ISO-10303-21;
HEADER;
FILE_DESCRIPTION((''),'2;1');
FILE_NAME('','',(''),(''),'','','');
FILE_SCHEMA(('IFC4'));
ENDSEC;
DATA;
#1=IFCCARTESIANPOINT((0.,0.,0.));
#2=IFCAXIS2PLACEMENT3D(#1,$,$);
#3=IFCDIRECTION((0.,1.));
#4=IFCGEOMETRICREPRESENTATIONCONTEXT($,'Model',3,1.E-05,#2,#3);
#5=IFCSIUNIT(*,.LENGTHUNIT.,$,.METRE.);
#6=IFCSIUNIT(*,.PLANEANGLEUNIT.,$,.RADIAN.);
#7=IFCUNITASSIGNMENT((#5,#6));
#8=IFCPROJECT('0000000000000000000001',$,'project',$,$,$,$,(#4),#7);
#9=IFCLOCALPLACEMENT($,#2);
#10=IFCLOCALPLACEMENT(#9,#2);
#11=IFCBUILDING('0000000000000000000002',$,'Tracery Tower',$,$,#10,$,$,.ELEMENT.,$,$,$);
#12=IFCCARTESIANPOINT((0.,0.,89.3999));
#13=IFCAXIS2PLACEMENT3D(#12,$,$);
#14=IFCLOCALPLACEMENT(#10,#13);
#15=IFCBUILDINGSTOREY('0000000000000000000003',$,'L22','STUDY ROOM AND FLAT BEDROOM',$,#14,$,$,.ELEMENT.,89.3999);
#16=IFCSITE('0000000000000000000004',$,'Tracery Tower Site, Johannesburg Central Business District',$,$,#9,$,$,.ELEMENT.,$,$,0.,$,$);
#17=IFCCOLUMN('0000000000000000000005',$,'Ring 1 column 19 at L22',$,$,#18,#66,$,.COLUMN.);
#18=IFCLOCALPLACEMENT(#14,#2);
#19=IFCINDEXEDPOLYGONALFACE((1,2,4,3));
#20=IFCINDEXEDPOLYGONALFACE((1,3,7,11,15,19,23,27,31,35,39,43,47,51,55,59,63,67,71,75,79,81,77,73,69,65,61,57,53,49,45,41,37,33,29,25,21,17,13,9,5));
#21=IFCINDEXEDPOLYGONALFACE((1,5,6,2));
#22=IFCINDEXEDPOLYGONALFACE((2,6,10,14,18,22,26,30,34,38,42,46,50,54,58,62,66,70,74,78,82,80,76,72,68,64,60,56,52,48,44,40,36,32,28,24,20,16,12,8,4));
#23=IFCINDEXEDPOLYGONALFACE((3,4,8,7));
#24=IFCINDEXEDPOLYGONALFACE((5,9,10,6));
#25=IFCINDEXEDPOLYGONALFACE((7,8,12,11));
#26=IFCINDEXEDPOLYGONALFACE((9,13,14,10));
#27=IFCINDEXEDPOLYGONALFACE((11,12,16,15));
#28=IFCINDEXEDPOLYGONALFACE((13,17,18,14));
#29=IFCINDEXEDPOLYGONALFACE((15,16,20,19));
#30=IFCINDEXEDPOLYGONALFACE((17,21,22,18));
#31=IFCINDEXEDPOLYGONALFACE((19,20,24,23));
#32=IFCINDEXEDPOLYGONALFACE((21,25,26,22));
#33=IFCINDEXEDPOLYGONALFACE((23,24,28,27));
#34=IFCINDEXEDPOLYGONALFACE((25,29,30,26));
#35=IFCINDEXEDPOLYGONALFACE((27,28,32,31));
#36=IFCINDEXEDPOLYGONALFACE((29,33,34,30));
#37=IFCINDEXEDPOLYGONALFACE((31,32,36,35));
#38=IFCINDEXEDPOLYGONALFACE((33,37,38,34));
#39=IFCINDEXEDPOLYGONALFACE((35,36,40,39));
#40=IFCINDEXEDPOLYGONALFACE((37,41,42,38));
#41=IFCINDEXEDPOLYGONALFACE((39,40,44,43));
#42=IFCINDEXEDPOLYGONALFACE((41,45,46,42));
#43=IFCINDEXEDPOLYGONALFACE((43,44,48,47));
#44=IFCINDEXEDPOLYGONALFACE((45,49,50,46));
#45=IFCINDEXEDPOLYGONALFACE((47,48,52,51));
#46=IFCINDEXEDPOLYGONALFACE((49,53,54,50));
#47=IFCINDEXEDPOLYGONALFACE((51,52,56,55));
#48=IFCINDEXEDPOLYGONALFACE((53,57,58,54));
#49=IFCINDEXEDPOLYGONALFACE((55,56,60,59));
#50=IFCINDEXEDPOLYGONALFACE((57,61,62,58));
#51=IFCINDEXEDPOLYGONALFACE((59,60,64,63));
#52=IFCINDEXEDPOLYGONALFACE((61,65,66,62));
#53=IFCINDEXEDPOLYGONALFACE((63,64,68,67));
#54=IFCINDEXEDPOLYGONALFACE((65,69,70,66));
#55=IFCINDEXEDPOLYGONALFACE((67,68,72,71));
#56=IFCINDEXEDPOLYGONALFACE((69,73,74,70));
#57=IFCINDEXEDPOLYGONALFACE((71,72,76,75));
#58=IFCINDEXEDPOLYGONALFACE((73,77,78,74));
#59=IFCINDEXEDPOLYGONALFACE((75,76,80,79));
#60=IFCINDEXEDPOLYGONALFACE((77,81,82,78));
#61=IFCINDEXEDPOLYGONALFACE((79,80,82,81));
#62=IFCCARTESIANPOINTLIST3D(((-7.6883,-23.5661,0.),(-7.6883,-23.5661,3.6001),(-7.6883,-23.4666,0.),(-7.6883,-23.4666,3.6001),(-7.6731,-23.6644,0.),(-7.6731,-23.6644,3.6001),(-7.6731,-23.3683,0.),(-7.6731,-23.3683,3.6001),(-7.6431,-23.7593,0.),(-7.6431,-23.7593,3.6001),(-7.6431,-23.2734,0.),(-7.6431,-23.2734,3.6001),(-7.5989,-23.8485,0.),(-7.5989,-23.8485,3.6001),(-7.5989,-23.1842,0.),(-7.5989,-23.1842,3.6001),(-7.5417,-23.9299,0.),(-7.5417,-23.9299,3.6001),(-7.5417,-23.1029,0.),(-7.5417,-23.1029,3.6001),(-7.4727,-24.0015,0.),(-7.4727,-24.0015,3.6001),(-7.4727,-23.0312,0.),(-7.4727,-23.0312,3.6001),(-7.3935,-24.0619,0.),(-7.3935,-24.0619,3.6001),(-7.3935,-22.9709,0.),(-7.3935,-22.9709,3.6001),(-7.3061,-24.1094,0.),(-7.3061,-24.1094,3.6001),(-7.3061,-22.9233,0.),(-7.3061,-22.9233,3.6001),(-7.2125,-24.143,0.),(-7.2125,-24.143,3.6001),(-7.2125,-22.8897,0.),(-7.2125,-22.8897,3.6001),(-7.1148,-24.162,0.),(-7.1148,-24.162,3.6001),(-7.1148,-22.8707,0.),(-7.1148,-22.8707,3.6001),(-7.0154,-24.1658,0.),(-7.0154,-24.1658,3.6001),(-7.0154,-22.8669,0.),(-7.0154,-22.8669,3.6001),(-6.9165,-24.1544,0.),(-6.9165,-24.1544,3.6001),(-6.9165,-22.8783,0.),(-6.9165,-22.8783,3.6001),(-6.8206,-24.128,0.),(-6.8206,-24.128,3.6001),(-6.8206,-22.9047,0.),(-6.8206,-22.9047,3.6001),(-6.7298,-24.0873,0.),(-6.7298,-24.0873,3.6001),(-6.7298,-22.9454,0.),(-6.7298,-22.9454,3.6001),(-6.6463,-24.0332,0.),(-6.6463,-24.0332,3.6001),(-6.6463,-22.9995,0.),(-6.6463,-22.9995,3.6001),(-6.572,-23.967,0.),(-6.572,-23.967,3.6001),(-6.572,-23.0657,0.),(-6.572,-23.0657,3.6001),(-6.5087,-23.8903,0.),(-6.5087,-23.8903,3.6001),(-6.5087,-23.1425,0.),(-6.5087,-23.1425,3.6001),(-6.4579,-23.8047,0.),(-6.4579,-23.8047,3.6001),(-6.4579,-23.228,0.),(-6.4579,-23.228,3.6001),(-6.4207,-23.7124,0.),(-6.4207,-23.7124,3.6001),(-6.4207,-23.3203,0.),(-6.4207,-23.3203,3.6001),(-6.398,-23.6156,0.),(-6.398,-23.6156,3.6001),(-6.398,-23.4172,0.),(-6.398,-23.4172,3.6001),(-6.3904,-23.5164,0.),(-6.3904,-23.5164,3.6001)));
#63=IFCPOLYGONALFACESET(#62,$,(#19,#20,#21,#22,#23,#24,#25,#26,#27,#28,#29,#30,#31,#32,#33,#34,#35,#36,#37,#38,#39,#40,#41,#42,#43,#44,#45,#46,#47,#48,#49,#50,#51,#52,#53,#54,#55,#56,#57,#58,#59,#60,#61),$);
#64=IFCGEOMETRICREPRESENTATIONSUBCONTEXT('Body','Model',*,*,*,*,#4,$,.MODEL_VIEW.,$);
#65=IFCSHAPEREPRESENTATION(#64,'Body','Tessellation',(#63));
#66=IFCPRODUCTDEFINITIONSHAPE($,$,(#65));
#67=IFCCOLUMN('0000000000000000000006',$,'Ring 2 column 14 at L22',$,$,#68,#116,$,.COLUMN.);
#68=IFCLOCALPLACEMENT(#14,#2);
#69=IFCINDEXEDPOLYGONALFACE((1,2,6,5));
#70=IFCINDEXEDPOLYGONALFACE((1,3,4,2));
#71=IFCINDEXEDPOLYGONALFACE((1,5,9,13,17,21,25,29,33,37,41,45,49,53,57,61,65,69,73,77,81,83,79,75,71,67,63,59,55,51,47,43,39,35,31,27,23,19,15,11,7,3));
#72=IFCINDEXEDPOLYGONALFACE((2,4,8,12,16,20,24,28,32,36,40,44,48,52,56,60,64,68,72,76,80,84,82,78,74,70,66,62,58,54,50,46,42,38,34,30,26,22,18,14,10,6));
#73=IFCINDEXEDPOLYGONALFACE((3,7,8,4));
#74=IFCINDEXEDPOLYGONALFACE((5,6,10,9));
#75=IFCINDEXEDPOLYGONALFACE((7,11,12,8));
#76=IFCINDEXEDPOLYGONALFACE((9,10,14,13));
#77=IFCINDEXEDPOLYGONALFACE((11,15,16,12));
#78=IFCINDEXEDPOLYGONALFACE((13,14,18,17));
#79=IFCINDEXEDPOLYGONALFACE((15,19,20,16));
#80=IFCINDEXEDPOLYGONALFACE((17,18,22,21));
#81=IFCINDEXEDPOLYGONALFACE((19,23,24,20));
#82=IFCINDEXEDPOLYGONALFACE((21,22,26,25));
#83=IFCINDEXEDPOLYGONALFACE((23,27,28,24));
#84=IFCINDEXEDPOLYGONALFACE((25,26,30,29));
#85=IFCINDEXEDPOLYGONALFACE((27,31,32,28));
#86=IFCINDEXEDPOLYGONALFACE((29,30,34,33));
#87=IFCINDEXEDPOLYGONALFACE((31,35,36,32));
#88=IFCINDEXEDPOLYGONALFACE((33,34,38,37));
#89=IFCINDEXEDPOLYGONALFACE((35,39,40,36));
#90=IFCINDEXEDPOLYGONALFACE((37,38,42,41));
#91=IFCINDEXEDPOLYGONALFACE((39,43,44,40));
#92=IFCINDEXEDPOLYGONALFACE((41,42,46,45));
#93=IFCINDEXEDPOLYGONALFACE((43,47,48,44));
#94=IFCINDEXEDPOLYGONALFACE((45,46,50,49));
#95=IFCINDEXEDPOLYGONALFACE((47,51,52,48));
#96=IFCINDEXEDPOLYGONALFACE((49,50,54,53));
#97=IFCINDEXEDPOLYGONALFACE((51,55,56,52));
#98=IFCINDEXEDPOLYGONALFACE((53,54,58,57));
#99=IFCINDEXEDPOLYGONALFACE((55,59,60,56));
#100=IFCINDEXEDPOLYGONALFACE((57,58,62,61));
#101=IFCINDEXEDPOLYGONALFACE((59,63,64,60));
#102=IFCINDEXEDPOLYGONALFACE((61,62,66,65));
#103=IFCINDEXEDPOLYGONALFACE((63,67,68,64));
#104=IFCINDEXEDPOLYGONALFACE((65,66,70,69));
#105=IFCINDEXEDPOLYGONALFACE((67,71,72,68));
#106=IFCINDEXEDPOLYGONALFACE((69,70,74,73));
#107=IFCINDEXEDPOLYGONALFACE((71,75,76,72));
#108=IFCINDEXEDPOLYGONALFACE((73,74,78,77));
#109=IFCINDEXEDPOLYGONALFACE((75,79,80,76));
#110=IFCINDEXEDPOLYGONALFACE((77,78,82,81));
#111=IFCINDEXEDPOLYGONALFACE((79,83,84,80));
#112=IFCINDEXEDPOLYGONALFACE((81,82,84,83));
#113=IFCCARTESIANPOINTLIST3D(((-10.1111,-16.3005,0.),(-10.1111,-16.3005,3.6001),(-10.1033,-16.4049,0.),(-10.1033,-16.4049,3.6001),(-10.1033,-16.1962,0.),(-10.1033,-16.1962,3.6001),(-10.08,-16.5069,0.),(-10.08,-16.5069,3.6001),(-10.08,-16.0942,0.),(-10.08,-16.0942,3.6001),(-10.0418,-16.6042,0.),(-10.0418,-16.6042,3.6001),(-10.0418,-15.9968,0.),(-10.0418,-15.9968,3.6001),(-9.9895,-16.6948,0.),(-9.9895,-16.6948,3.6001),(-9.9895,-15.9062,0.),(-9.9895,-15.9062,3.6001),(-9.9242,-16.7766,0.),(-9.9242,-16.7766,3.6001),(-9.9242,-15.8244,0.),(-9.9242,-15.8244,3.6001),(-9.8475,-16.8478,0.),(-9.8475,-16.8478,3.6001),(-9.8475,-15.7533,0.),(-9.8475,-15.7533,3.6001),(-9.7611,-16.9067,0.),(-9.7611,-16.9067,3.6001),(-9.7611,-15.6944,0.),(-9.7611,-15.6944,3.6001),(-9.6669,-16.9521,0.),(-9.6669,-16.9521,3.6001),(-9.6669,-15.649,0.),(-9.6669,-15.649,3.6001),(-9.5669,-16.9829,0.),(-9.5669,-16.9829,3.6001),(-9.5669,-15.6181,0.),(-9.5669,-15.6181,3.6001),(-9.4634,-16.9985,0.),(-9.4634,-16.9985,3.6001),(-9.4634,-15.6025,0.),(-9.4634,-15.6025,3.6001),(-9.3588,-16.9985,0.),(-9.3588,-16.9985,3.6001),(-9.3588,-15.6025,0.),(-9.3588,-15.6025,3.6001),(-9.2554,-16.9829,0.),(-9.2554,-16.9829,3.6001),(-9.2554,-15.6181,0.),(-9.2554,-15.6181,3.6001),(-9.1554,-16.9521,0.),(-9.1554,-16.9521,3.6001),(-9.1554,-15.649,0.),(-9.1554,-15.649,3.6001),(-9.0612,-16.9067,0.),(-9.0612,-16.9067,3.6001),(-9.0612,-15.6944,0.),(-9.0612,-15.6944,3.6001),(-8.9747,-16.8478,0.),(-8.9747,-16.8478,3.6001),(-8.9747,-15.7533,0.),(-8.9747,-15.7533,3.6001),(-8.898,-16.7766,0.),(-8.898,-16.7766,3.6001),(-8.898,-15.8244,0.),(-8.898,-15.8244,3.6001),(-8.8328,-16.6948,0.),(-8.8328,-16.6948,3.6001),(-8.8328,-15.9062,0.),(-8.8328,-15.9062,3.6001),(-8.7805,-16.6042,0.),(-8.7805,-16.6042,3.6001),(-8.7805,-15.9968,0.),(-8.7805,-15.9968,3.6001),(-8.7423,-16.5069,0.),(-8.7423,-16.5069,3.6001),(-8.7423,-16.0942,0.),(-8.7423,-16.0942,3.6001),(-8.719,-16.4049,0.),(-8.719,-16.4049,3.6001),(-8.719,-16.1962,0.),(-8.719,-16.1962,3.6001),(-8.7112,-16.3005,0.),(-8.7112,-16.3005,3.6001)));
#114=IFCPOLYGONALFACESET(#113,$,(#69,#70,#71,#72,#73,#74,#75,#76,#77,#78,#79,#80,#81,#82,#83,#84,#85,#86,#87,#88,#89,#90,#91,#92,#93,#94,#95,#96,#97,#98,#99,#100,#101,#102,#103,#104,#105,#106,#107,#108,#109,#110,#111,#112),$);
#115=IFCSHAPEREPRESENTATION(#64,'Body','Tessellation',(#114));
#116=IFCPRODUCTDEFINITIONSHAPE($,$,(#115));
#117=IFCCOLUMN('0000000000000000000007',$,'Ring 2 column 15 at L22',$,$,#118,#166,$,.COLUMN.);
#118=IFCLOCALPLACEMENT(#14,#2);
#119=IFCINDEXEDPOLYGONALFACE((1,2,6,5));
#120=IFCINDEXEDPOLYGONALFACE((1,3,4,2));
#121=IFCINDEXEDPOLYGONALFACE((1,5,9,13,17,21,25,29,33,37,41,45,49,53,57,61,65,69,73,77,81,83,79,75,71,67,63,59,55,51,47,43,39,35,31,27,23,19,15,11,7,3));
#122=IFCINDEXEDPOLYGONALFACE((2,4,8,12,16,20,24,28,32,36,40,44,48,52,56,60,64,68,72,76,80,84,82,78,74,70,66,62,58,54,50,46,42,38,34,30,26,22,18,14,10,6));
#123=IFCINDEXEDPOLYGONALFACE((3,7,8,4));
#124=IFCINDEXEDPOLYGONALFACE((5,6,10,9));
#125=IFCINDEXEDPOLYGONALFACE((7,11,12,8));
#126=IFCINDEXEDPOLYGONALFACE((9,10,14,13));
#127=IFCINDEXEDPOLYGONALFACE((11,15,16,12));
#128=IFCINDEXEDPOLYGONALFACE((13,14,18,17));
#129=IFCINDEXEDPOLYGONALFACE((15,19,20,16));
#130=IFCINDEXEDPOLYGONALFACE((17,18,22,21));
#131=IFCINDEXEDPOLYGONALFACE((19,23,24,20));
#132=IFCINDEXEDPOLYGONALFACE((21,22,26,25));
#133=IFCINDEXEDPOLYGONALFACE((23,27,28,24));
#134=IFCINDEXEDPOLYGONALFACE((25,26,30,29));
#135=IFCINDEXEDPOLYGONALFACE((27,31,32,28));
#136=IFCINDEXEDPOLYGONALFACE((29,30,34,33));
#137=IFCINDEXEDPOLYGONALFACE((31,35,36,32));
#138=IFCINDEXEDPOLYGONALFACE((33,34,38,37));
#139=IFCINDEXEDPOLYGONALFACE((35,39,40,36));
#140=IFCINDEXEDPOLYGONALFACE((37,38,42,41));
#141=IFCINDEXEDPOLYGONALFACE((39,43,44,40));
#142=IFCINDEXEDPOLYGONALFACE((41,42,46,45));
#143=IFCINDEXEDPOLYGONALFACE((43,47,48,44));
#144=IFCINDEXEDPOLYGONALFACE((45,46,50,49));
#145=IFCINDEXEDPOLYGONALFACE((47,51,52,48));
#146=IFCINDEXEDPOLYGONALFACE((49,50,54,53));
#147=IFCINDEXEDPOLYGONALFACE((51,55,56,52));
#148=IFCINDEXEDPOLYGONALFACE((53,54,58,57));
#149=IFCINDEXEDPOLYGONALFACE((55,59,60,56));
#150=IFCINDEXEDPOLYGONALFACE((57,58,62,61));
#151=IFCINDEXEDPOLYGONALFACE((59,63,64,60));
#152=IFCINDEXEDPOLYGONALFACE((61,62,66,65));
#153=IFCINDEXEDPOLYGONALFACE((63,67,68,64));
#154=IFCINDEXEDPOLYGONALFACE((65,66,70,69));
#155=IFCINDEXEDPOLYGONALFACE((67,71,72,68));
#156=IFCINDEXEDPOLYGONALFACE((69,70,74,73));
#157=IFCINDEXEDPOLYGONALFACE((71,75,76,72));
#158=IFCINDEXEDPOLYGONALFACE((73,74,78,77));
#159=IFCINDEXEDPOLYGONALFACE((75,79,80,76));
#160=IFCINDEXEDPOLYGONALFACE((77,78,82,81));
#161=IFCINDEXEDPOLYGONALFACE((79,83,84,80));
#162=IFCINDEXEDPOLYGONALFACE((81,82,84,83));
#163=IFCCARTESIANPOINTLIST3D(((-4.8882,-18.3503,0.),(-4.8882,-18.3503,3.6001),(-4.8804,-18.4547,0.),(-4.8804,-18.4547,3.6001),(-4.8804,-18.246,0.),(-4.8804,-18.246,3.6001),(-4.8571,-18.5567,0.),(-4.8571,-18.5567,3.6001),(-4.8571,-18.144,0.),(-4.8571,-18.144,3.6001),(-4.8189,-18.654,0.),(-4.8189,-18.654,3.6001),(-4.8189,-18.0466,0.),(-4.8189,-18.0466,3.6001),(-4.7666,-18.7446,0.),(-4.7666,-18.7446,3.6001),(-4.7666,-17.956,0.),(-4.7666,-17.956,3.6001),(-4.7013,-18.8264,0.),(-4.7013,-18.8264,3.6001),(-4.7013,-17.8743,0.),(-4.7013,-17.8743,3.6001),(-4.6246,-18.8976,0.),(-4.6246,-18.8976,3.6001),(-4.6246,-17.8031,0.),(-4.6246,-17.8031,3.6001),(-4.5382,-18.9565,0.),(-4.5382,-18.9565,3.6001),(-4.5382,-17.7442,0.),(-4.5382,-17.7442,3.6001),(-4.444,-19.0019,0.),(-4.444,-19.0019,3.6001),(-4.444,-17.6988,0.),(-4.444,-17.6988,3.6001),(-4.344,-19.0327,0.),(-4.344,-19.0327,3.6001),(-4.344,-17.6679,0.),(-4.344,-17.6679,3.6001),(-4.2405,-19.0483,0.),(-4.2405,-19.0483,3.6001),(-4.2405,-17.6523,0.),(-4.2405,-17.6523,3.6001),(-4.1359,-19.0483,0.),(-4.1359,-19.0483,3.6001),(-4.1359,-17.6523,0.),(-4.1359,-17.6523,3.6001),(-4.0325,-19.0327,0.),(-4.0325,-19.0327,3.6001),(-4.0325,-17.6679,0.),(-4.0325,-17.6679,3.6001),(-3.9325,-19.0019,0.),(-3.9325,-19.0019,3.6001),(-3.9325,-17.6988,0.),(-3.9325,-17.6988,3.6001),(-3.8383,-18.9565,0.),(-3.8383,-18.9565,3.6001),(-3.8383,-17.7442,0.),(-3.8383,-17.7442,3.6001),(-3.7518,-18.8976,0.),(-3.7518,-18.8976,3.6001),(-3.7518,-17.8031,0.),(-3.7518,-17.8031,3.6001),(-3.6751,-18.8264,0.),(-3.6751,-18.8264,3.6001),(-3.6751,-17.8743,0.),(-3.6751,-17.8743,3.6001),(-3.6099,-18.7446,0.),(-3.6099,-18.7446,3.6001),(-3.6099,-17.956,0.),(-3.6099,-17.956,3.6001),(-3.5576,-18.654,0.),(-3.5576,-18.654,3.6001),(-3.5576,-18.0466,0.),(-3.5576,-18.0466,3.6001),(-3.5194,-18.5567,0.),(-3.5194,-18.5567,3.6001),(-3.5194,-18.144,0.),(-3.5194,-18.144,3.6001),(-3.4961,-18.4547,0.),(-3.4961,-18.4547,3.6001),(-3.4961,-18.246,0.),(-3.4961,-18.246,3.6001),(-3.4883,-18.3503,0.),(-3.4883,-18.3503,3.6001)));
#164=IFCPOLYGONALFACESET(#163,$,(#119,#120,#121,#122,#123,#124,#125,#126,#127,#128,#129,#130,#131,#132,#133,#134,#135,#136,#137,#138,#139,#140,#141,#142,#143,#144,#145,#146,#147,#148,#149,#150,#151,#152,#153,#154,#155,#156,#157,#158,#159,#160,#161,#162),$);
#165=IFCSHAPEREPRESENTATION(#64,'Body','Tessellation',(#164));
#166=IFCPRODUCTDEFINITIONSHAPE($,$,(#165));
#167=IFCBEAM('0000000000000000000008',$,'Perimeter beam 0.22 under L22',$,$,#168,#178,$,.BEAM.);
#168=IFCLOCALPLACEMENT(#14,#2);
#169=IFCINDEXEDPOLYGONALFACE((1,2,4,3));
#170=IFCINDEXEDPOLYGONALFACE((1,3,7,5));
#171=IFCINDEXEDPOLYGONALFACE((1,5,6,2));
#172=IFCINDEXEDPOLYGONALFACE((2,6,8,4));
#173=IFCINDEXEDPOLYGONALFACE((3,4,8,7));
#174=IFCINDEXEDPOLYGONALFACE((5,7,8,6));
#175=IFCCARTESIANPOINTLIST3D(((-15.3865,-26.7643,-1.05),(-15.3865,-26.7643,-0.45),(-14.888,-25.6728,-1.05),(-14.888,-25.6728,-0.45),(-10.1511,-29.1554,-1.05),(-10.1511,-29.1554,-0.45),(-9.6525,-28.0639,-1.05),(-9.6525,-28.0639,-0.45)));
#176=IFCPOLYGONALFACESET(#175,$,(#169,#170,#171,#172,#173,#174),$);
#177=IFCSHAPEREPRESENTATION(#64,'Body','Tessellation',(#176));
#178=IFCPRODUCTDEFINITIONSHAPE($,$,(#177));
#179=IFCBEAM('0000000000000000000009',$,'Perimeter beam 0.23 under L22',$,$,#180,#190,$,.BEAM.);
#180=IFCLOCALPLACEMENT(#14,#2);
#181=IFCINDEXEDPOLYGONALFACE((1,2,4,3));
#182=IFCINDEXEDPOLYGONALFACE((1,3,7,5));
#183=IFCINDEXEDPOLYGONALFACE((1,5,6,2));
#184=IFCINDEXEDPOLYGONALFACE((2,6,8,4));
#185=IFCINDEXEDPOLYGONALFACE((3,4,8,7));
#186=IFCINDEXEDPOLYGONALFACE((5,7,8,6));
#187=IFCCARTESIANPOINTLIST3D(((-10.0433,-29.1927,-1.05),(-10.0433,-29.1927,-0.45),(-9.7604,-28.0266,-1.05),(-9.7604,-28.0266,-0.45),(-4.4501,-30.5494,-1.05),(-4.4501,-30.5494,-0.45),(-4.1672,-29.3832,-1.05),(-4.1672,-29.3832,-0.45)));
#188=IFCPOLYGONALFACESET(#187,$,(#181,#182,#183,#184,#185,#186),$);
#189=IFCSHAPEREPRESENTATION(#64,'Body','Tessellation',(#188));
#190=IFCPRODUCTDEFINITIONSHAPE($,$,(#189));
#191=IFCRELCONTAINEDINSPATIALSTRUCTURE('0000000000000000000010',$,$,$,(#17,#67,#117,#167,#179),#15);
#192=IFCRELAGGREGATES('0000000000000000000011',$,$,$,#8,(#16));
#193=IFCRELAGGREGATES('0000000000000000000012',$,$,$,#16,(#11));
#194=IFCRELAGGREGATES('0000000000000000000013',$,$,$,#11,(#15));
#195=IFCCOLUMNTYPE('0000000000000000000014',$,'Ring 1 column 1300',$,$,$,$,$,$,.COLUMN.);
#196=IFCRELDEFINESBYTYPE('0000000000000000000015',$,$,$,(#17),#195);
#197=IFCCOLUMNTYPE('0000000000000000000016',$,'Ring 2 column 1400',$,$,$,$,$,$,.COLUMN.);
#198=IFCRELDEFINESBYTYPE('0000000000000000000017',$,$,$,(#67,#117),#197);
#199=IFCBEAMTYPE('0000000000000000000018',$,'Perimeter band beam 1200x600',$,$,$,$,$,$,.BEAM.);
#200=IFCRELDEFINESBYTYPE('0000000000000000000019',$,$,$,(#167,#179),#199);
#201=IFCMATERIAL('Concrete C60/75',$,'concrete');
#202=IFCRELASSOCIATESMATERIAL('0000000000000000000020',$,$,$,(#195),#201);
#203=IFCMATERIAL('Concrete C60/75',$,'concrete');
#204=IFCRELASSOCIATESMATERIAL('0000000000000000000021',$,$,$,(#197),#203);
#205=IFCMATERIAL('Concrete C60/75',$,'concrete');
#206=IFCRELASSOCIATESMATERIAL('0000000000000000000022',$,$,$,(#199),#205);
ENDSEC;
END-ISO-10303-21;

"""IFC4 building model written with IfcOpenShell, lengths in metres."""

from ifc_helpers import new_model, si_unit, direction, frame, origin, origin_2d, place, context, subcontext, project, spatial, rectangle, circle, extrude, material, material_profile, profile_set, type_object, element, save


model = new_model("IFC4")

# Units and contexts
model_context = context("Model", 3, precision=1e-05, world=origin(), true_north=direction((0.0, 1.0)))
body_context = subcontext(model_context, "Body", "Model", "MODEL_VIEW")
ifc_project = project(units=[si_unit("LENGTHUNIT", "METRE"), si_unit("PLANEANGLEUNIT", "RADIAN")], contexts=[model_context])

# Site, building, storey
site_placement = place(None, origin())
site = spatial("IfcSite", under=ifc_project, at=site_placement, Name="Tracery Tower Site, Johannesburg Central Business District", CompositionType="ELEMENT", RefElevation=0.0)
building_placement = place(site_placement, origin())
building = spatial("IfcBuilding", under=site, at=building_placement, Name="Tracery Tower", CompositionType="ELEMENT")
storey_placement = place(building_placement, frame((0.0, 0.0, 89.3999)))
storey = spatial("IfcBuildingStorey", under=building, at=storey_placement, Name="L22", Description="STUDY ROOM AND FLAT BEDROOM", CompositionType="ELEMENT", Elevation=89.3999)

# Columns
ifc_material_1 = material(Name="Concrete C60/75", Category="concrete")
ifc_material_profile_1 = material_profile(ifc_material_1, circle(Radius=0.6499, at=origin_2d()), Name="RC D1300")
ifc_profile_set_1 = profile_set([ifc_material_profile_1], Name="Concrete C60/75")
column_type_1 = type_object("IfcColumnType", Name="Ring 1 column 1300", PredefinedType="COLUMN", material=ifc_profile_set_1)
for number, where, z_axis, x_axis, name in (
    (1, (-7.0403, -23.5164, 0.0), (0.0, 0.0, 1.0), (1.0, 0.0, 0.0), "Ring 1 column 19 at L22"),
):
    element("IfcColumn", number, at=place(storey_placement, frame(where, z_axis=z_axis, x_axis=x_axis)), inside=storey, type_object=column_type_1, Name=name, PredefinedType="COLUMN", context=body_context, shape_type="SweptSolid", body=[
        extrude(circle(Radius=0.6499, at=origin_2d()), origin(), (0.0, 0.0, 1.0), 3.6001),
    ])
ifc_material_2 = material(Name="Concrete C60/75", Category="concrete")
ifc_material_profile_2 = material_profile(ifc_material_2, circle(Radius=0.7, at=origin_2d()), Name="RC D1400")
ifc_profile_set_2 = profile_set([ifc_material_profile_2], Name="Concrete C60/75")
column_type_2 = type_object("IfcColumnType", Name="Ring 2 column 1400", PredefinedType="COLUMN", material=ifc_profile_set_2)
for number, where, z_axis, x_axis, name in (
    (2, (-9.4111, -16.3005, 0.0), (0.0, 0.0, 1.0), (1.0, 0.0, 0.0), "Ring 2 column 14 at L22"),
    (3, (-4.1882, -18.3503, 0.0), (0.0, 0.0, 1.0), (1.0, 0.0, 0.0), "Ring 2 column 15 at L22"),
):
    element("IfcColumn", number, at=place(storey_placement, frame(where, z_axis=z_axis, x_axis=x_axis)), inside=storey, type_object=column_type_2, Name=name, PredefinedType="COLUMN", context=body_context, shape_type="SweptSolid", body=[
        extrude(circle(Radius=0.7, at=origin_2d()), origin(), (0.0, 0.0, 1.0), 3.6001),
    ])

# Beams
ifc_material_3 = material(Name="Concrete C60/75", Category="concrete")
ifc_material_profile_3 = material_profile(ifc_material_3, rectangle(XDim=1.2, YDim=0.6001, at=origin_2d()), Name="RC 1200x600")
ifc_profile_set_3 = profile_set([ifc_material_profile_3], Name="Concrete C60/75")
beam_type = type_object("IfcBeamType", Name="Perimeter band beam 1200x600", PredefinedType="BEAM", material=ifc_profile_set_3)
beam_1_placement = place(storey_placement, frame((-15.1372, -26.2185, -0.75), z_axis=(0.909618, -0.415445, 0.0), x_axis=(0.415445, 0.909618, 0.0)))
element("IfcBeam", 4, at=beam_1_placement, inside=storey, type_object=beam_type, Name="Perimeter beam 0.22 under L22", PredefinedType="BEAM", context=body_context, shape_type="SweptSolid", body=[
    extrude(rectangle(XDim=1.2, YDim=0.6001, at=origin_2d()), origin(), (0.0, 0.0, 1.0), 5.7556),
])
beam_2_placement = place(storey_placement, frame((-9.9019, -28.6096, -0.75), z_axis=(0.97182, -0.235723, 0.0), x_axis=(0.235723, 0.97182, 0.0)))
element("IfcBeam", 5, at=beam_2_placement, inside=storey, type_object=beam_type, Name="Perimeter beam 0.23 under L22", PredefinedType="BEAM", context=body_context, shape_type="SweptSolid", body=[
    extrude(rectangle(XDim=1.2, YDim=0.6001, at=origin_2d()), origin(), (0.0, 0.0, 1.0), 5.7554),
])

save(model, "model.ifc")
